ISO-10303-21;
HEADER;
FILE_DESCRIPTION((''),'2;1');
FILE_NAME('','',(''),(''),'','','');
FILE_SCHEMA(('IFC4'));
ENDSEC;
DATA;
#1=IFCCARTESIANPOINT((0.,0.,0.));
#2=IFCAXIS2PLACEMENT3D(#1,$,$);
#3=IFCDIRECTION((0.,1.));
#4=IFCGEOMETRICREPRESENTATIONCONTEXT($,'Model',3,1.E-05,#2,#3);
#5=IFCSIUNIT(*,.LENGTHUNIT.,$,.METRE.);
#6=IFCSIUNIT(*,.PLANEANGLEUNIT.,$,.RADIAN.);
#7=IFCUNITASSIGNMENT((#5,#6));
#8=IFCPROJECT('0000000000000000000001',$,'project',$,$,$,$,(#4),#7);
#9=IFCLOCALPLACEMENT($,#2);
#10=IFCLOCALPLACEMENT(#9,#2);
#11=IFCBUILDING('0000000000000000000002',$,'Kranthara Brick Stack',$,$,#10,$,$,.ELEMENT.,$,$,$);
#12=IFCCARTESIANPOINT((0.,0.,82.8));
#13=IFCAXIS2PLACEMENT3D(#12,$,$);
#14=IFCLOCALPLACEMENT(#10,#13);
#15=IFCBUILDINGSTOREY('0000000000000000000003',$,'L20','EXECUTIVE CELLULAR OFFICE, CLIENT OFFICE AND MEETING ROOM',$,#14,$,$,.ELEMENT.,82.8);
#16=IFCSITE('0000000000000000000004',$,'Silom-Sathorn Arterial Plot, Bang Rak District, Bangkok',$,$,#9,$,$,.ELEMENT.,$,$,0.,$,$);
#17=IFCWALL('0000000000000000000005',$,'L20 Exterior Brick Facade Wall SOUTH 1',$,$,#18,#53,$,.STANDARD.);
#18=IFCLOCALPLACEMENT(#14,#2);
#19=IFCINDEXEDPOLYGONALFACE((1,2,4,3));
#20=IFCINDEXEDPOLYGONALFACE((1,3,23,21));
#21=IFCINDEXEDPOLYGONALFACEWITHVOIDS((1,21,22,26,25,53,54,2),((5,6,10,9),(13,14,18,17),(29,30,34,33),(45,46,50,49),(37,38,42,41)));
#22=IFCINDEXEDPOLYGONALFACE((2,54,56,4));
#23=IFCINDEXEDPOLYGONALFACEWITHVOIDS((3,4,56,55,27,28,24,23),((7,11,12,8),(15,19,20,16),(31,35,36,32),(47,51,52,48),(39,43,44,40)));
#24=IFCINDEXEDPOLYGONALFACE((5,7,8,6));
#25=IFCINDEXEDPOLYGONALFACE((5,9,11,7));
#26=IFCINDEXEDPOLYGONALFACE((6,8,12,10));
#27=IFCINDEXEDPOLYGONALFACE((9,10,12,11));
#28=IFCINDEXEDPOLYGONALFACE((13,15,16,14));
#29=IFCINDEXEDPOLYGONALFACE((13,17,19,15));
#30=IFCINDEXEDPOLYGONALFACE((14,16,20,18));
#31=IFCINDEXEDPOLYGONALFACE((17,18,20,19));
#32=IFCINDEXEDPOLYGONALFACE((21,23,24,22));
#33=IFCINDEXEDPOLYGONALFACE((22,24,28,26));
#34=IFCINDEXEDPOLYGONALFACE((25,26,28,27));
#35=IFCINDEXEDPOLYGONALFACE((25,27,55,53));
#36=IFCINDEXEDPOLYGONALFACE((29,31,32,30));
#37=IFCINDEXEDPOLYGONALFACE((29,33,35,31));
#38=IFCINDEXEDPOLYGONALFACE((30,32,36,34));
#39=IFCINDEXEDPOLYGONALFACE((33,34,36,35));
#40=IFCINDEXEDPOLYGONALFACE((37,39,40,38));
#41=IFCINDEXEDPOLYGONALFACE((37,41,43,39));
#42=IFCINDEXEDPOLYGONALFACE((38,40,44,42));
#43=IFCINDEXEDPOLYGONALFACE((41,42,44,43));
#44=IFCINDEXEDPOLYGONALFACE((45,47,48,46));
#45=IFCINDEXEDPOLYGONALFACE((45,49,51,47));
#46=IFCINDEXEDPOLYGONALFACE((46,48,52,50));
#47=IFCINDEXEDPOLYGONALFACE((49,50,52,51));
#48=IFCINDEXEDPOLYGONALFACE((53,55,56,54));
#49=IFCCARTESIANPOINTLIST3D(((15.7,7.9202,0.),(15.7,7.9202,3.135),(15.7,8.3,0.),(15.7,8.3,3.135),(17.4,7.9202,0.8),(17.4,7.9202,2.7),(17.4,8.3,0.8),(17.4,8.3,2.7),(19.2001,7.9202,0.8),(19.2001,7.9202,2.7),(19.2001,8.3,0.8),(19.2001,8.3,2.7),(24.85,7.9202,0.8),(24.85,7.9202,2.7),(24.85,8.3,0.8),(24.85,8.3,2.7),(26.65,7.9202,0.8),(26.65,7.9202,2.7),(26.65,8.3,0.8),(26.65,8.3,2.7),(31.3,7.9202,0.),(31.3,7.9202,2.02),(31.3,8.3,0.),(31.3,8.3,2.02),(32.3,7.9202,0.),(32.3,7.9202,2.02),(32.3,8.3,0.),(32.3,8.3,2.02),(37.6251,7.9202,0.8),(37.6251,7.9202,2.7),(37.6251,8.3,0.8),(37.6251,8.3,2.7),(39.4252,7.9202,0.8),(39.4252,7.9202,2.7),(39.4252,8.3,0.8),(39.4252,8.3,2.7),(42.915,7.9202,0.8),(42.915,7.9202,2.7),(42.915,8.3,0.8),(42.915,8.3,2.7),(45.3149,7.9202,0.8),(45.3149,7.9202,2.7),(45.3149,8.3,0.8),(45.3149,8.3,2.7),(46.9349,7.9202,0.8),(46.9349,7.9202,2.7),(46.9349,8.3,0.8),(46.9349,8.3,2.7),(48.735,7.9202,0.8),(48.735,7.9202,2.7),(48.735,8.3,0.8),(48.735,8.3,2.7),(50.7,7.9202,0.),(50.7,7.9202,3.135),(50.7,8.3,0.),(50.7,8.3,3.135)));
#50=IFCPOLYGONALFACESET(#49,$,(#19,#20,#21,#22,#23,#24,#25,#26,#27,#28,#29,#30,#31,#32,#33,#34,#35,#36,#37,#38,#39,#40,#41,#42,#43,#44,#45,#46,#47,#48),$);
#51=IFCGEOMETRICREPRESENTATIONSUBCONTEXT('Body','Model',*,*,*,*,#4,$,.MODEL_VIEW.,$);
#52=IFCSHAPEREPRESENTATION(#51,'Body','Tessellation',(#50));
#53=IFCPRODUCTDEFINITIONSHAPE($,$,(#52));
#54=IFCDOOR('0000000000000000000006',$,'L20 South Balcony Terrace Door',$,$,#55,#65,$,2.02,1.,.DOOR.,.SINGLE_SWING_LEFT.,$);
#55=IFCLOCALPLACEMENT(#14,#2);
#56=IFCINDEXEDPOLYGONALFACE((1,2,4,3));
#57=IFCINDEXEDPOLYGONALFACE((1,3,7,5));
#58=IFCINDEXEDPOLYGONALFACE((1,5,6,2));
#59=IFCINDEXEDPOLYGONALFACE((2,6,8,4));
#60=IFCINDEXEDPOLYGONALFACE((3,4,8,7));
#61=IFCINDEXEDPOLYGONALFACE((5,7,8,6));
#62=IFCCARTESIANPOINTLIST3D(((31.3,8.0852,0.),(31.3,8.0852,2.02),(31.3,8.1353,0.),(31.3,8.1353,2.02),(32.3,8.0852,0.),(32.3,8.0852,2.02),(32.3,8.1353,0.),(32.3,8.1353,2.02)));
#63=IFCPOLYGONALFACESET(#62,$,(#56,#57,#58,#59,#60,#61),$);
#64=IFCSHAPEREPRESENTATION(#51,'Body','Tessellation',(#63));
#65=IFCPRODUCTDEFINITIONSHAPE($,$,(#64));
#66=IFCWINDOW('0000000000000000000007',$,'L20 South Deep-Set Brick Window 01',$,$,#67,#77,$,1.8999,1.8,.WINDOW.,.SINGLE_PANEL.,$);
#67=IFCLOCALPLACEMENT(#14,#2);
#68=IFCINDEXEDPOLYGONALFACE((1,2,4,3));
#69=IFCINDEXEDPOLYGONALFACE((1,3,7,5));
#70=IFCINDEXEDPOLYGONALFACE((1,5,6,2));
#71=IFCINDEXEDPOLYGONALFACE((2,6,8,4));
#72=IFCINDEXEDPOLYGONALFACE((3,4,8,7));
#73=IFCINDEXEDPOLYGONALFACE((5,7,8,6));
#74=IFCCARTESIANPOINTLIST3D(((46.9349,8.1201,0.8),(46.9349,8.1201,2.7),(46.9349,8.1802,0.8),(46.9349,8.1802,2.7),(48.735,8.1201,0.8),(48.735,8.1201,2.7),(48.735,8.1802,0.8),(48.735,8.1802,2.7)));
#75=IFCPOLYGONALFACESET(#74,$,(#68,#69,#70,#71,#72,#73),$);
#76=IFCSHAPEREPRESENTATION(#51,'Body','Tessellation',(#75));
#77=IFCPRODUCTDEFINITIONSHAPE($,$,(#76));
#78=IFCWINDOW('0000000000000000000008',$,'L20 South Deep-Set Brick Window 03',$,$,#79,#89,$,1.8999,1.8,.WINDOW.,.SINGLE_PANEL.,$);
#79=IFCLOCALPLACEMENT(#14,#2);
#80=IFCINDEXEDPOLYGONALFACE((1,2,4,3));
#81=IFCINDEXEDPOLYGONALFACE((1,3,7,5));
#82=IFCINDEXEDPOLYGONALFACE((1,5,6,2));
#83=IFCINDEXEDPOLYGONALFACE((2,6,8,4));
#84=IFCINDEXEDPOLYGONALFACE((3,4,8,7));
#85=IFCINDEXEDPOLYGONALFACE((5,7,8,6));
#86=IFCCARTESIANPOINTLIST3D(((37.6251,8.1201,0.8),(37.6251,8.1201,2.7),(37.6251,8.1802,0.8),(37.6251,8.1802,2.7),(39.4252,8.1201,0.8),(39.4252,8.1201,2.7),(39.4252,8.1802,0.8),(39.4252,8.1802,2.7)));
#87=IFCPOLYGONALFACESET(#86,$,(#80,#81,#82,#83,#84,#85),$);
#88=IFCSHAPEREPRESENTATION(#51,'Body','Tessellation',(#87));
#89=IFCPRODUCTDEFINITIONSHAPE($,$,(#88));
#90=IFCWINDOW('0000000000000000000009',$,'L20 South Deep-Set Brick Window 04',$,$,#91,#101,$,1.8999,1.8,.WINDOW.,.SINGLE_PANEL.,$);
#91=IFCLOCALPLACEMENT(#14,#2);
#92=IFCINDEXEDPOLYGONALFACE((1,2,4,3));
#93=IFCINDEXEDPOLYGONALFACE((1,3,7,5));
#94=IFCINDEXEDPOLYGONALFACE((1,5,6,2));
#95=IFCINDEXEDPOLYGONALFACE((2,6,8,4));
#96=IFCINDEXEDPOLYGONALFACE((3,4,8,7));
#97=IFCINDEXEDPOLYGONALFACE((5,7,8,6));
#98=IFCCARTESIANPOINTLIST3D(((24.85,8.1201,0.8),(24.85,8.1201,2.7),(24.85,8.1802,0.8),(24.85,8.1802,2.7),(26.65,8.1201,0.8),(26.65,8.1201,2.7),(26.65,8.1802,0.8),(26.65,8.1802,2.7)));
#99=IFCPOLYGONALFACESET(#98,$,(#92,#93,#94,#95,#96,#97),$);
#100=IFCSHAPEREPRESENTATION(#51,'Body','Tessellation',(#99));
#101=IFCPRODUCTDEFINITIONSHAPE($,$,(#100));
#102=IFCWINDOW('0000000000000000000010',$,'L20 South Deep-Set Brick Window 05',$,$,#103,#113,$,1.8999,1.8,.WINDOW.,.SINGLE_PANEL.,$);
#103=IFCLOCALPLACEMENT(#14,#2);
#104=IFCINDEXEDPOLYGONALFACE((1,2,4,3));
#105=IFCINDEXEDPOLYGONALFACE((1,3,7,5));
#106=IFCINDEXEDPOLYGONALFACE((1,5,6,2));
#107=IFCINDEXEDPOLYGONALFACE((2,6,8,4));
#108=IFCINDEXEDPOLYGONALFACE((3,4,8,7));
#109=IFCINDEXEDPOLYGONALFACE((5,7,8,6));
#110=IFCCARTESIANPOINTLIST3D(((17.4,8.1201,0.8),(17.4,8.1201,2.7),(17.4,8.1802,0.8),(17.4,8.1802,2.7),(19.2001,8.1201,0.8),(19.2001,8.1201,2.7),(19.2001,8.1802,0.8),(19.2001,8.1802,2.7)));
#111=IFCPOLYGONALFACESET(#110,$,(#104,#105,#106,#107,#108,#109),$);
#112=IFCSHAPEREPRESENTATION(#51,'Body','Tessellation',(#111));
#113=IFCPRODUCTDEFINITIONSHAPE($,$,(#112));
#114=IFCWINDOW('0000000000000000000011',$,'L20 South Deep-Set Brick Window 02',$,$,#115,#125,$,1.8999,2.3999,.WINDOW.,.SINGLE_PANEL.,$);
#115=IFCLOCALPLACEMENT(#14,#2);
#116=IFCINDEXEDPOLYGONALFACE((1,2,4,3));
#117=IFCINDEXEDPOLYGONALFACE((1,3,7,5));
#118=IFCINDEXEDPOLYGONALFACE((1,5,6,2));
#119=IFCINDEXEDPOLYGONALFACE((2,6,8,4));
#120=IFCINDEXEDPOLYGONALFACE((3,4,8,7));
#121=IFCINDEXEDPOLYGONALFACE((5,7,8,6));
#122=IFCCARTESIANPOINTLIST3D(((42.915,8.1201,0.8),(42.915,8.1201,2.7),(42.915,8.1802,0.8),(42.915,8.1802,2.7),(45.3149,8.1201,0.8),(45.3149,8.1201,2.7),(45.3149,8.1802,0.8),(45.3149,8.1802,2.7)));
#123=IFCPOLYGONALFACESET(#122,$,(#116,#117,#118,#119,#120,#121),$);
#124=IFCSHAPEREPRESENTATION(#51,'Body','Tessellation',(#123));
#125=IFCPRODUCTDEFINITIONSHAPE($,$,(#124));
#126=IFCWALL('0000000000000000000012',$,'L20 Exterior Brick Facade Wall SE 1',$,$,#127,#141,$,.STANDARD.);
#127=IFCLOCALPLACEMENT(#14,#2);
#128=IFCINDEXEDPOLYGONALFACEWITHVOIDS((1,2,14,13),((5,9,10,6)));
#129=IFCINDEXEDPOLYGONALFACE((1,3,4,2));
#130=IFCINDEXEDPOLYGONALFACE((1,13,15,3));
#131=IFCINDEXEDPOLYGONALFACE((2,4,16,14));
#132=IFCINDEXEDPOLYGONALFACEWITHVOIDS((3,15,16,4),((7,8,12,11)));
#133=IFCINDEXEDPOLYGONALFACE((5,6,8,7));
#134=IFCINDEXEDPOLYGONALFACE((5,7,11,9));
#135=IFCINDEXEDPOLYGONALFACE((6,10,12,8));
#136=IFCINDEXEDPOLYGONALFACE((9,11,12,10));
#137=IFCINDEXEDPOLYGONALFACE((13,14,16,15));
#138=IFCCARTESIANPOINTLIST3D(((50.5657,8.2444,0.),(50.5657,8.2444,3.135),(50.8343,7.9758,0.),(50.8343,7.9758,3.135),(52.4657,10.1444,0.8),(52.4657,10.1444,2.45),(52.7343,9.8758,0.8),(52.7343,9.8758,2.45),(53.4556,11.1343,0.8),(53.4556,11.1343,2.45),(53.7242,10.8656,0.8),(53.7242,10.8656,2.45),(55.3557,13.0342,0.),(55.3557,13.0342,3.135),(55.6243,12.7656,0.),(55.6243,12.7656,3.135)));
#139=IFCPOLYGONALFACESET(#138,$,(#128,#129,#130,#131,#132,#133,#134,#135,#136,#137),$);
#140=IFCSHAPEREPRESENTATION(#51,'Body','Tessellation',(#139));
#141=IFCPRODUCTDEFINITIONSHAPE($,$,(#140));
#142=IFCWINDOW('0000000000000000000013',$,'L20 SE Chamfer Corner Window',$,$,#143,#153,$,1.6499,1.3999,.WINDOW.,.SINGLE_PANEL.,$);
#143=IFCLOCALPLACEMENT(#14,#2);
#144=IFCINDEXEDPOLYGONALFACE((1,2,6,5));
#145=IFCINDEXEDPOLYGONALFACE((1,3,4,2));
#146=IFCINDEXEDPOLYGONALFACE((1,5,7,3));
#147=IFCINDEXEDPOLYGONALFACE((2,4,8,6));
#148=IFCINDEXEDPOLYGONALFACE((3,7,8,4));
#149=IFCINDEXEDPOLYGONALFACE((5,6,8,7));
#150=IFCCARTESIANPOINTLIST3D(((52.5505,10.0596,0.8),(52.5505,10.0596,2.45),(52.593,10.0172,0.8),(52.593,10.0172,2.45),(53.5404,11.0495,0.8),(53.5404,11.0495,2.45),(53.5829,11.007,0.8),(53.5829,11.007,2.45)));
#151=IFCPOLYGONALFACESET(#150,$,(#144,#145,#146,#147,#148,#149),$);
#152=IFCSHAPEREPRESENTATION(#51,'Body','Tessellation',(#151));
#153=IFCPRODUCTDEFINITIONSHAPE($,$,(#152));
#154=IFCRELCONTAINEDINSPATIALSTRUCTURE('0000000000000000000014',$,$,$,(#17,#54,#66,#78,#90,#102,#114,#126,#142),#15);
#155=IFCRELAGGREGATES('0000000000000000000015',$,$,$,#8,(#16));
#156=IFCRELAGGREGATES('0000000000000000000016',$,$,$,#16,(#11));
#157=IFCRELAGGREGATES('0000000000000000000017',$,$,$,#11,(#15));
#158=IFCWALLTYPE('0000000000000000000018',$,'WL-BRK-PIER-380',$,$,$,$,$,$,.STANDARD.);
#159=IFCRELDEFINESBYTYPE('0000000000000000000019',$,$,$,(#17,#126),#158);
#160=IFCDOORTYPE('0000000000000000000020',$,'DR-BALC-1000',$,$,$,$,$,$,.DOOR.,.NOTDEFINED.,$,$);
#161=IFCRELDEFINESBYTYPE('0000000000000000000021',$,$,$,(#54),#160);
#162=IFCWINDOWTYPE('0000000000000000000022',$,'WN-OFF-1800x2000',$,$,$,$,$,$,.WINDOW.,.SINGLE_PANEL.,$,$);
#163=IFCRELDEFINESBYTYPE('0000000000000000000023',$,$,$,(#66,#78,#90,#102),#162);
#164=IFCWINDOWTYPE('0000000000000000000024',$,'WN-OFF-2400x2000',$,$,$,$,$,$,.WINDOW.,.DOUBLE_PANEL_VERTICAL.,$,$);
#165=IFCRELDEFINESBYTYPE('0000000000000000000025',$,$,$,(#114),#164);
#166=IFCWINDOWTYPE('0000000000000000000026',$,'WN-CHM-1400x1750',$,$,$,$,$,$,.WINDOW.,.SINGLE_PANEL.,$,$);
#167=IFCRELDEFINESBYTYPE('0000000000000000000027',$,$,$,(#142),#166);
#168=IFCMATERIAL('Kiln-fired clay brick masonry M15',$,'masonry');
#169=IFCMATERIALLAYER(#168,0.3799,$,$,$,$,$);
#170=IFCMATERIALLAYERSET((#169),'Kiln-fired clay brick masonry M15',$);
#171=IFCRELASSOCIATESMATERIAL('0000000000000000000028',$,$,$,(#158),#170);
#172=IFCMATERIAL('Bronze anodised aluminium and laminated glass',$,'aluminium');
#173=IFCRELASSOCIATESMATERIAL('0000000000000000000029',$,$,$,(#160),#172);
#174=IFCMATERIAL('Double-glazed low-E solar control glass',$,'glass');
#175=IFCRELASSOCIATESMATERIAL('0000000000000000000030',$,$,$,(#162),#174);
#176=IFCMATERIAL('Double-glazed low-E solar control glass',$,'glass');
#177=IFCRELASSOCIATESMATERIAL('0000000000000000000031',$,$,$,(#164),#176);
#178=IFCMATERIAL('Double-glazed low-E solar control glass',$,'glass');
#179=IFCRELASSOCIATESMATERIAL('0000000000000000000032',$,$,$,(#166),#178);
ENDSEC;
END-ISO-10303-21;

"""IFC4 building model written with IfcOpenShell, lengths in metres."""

from ifc_helpers import new_model, si_unit, direction, frame, frame_2d, origin, place, context, subcontext, project, spatial, rectangle, extrude, material, layer, layer_set, type_object, element, fill, save


model = new_model("IFC4")

# Units and contexts
model_context = context("Model", 3, precision=1e-05, world=origin(), true_north=direction((0.0, 1.0)))
body_context = subcontext(model_context, "Body", "Model", "MODEL_VIEW")
ifc_project = project(units=[si_unit("LENGTHUNIT", "METRE"), si_unit("PLANEANGLEUNIT", "RADIAN")], contexts=[model_context])

# Site, building, storey
site_placement = place(None, origin())
site = spatial("IfcSite", under=ifc_project, at=site_placement, Name="Silom-Sathorn Arterial Plot, Bang Rak District, Bangkok", CompositionType="ELEMENT", RefElevation=0.0)
building_placement = place(site_placement, origin())
building = spatial("IfcBuilding", under=site, at=building_placement, Name="Kranthara Brick Stack", CompositionType="ELEMENT")
storey_placement = place(building_placement, frame((0.0, 0.0, 82.8)))
storey = spatial("IfcBuildingStorey", under=building, at=storey_placement, Name="L20", Description="EXECUTIVE CELLULAR OFFICE, CLIENT OFFICE AND MEETING ROOM", CompositionType="ELEMENT", Elevation=82.8)

# Wall, openings, door, windows
ifc_material_1 = material(Name="Kiln-fired clay brick masonry M15", Category="masonry")
ifc_layer_1 = layer(ifc_material_1, 0.3799)
ifc_layer_set_1 = layer_set([ifc_layer_1], Name="Kiln-fired clay brick masonry M15")
wall_type_1 = type_object("IfcWallType", Name="WL-BRK-PIER-380", PredefinedType="STANDARD", material=ifc_layer_set_1)
wall_1_placement = place(storey_placement, frame((50.7, 8.1101, 0.0), z_axis=(0.0, 0.0, 1.0), x_axis=(-1.0, 0.0, 0.0)))
wall_1 = element("IfcWall", 1, at=wall_1_placement, inside=storey, type_object=wall_type_1, Name="L20 Exterior Brick Facade Wall SOUTH 1", PredefinedType="STANDARD", context=body_context, shape_type="SweptSolid", body=[
    extrude(rectangle(XDim=35.0, YDim=0.3799, at=frame_2d((17.5, 0.0))), origin(), (0.0, 0.0, 1.0), 3.135),
])
opening_1_placement = place(wall_1_placement, frame((18.3999, 0.0, 0.0)))
opening_1 = element("IfcOpeningElement", 2, at=opening_1_placement, cuts=wall_1, PredefinedType="OPENING", context=body_context, shape_type="SweptSolid", body=[
    extrude(rectangle(XDim=1.0, YDim=2.02, at=frame_2d((0.5, 1.01))), frame((0.0, 0.2, 0.0), z_axis=(0.0, -1.0, 0.0), x_axis=(1.0, 0.0, 0.0)), (0.0, 0.0, 1.0), 0.3999),
])
opening_2_placement = place(wall_1_placement, frame((1.9651, 0.0, 0.8)))
opening_2 = element("IfcOpeningElement", 3, at=opening_2_placement, cuts=wall_1, PredefinedType="OPENING", context=body_context, shape_type="SweptSolid", body=[
    extrude(rectangle(XDim=1.8, YDim=1.8999, at=frame_2d((0.8999, 0.95))), frame((0.0, 0.2, 0.0), z_axis=(0.0, -1.0, 0.0), x_axis=(1.0, 0.0, 0.0)), (0.0, 0.0, 1.0), 0.3999),
])
opening_3_placement = place(wall_1_placement, frame((5.385, 0.0, 0.8)))
opening_3 = element("IfcOpeningElement", 4, at=opening_3_placement, cuts=wall_1, PredefinedType="OPENING", context=body_context, shape_type="SweptSolid", body=[
    extrude(rectangle(XDim=2.3999, YDim=1.8999, at=frame_2d((1.2, 0.95))), frame((0.0, 0.2, 0.0), z_axis=(0.0, -1.0, 0.0), x_axis=(1.0, 0.0, 0.0)), (0.0, 0.0, 1.0), 0.3999),
])
opening_4_placement = place(wall_1_placement, frame((11.2749, 0.0, 0.8)))
opening_4 = element("IfcOpeningElement", 5, at=opening_4_placement, cuts=wall_1, PredefinedType="OPENING", context=body_context, shape_type="SweptSolid", body=[
    extrude(rectangle(XDim=1.8, YDim=1.8999, at=frame_2d((0.8999, 0.95))), frame((0.0, 0.2, 0.0), z_axis=(0.0, -1.0, 0.0), x_axis=(1.0, 0.0, 0.0)), (0.0, 0.0, 1.0), 0.3999),
])
opening_5_placement = place(wall_1_placement, frame((24.05, 0.0, 0.8)))
opening_5 = element("IfcOpeningElement", 6, at=opening_5_placement, cuts=wall_1, PredefinedType="OPENING", context=body_context, shape_type="SweptSolid", body=[
    extrude(rectangle(XDim=1.8, YDim=1.8999, at=frame_2d((0.8999, 0.95))), frame((0.0, 0.2, 0.0), z_axis=(0.0, -1.0, 0.0), x_axis=(1.0, 0.0, 0.0)), (0.0, 0.0, 1.0), 0.3999),
])
opening_6_placement = place(wall_1_placement, frame((31.5, 0.0, 0.8)))
opening_6 = element("IfcOpeningElement", 7, at=opening_6_placement, cuts=wall_1, PredefinedType="OPENING", context=body_context, shape_type="SweptSolid", body=[
    extrude(rectangle(XDim=1.8, YDim=1.8999, at=frame_2d((0.8999, 0.95))), frame((0.0, 0.2, 0.0), z_axis=(0.0, -1.0, 0.0), x_axis=(1.0, 0.0, 0.0)), (0.0, 0.0, 1.0), 0.3999),
])
ifc_material_2 = material(Name="Bronze anodised aluminium and laminated glass", Category="aluminium")
door_type_1 = type_object("IfcDoorType", Name="DR-BALC-1000", OperationType="NOTDEFINED", PredefinedType="DOOR", material=ifc_material_2)
door_1_placement = place(opening_1_placement, origin())
door_1 = element("IfcDoor", 8, at=door_1_placement, inside=storey, type_object=door_type_1, Name="L20 South Balcony Terrace Door", OperationType="SINGLE_SWING_LEFT", OverallHeight=2.02, OverallWidth=1.0, PredefinedType="DOOR", context=body_context, shape_type="SweptSolid", body=[
    extrude(rectangle(XDim=1.0, YDim=2.02, at=frame_2d((0.5, 1.01))), frame((0.0, 0.0249, 0.0), z_axis=(0.0, -1.0, 0.0), x_axis=(1.0, 0.0, 0.0)), (0.0, 0.0, 1.0), 0.05),
])
fill(opening_1, door_1)
ifc_material_3 = material(Name="Double-glazed low-E solar control glass", Category="glass")
window_type_1 = type_object("IfcWindowType", Name="WN-OFF-1800x2000", PartitioningType="SINGLE_PANEL", PredefinedType="WINDOW", material=ifc_material_3)
window_1_placement = place(opening_2_placement, origin())
window_1 = element("IfcWindow", 9, at=window_1_placement, inside=storey, type_object=window_type_1, Name="L20 South Deep-Set Brick Window 01", OverallHeight=1.8999, OverallWidth=1.8, PartitioningType="SINGLE_PANEL", PredefinedType="WINDOW", context=body_context, shape_type="SweptSolid", body=[
    extrude(rectangle(XDim=1.8, YDim=1.8999, at=frame_2d((0.8999, 0.95))), frame((0.0, -0.01, 0.0), z_axis=(0.0, -1.0, 0.0), x_axis=(1.0, 0.0, 0.0)), (0.0, 0.0, 1.0), 0.0601),
])
fill(opening_2, window_1)
window_2_placement = place(opening_4_placement, origin())
window_2 = element("IfcWindow", 10, at=window_2_placement, inside=storey, type_object=window_type_1, Name="L20 South Deep-Set Brick Window 03", OverallHeight=1.8999, OverallWidth=1.8, PartitioningType="SINGLE_PANEL", PredefinedType="WINDOW", context=body_context, shape_type="SweptSolid", body=[
    extrude(rectangle(XDim=1.8, YDim=1.8999, at=frame_2d((0.8999, 0.95))), frame((0.0, -0.01, 0.0), z_axis=(0.0, -1.0, 0.0), x_axis=(1.0, 0.0, 0.0)), (0.0, 0.0, 1.0), 0.0601),
])
fill(opening_4, window_2)
window_3_placement = place(opening_5_placement, origin())
window_3 = element("IfcWindow", 11, at=window_3_placement, inside=storey, type_object=window_type_1, Name="L20 South Deep-Set Brick Window 04", OverallHeight=1.8999, OverallWidth=1.8, PartitioningType="SINGLE_PANEL", PredefinedType="WINDOW", context=body_context, shape_type="SweptSolid", body=[
    extrude(rectangle(XDim=1.8, YDim=1.8999, at=frame_2d((0.8999, 0.95))), frame((0.0, -0.01, 0.0), z_axis=(0.0, -1.0, 0.0), x_axis=(1.0, 0.0, 0.0)), (0.0, 0.0, 1.0), 0.0601),
])
fill(opening_5, window_3)
window_4_placement = place(opening_6_placement, origin())
window_4 = element("IfcWindow", 12, at=window_4_placement, inside=storey, type_object=window_type_1, Name="L20 South Deep-Set Brick Window 05", OverallHeight=1.8999, OverallWidth=1.8, PartitioningType="SINGLE_PANEL", PredefinedType="WINDOW", context=body_context, shape_type="SweptSolid", body=[
    extrude(rectangle(XDim=1.8, YDim=1.8999, at=frame_2d((0.8999, 0.95))), frame((0.0, -0.01, 0.0), z_axis=(0.0, -1.0, 0.0), x_axis=(1.0, 0.0, 0.0)), (0.0, 0.0, 1.0), 0.0601),
])
fill(opening_6, window_4)
ifc_material_4 = material(Name="Double-glazed low-E solar control glass", Category="glass")
window_type_2 = type_object("IfcWindowType", Name="WN-OFF-2400x2000", PartitioningType="DOUBLE_PANEL_VERTICAL", PredefinedType="WINDOW", material=ifc_material_4)
window_5_placement = place(opening_3_placement, origin())
window_5 = element("IfcWindow", 13, at=window_5_placement, inside=storey, type_object=window_type_2, Name="L20 South Deep-Set Brick Window 02", OverallHeight=1.8999, OverallWidth=2.3999, PartitioningType="SINGLE_PANEL", PredefinedType="WINDOW", context=body_context, shape_type="SweptSolid", body=[
    extrude(rectangle(XDim=2.3999, YDim=1.8999, at=frame_2d((1.2, 0.95))), frame((0.0, -0.01, 0.0), z_axis=(0.0, -1.0, 0.0), x_axis=(1.0, 0.0, 0.0)), (0.0, 0.0, 1.0), 0.0601),
])
fill(opening_3, window_5)

# Wall, opening, window
wall_2_placement = place(storey_placement, frame((55.49, 12.8999, 0.0), z_axis=(0.0, 0.0, 1.0), x_axis=(-0.707125, -0.707089, 0.0)))
wall_2 = element("IfcWall", 14, at=wall_2_placement, inside=storey, type_object=wall_type_1, Name="L20 Exterior Brick Facade Wall SE 1", PredefinedType="STANDARD", context=body_context, shape_type="SweptSolid", body=[
    extrude(rectangle(XDim=6.7739, YDim=0.3799, at=frame_2d((3.387, 0.0))), origin(), (0.0, 0.0, 1.0), 3.135),
])
opening_7_placement = place(wall_2_placement, frame((2.687, 0.0, 0.8)))
opening_7 = element("IfcOpeningElement", 15, at=opening_7_placement, cuts=wall_2, PredefinedType="OPENING", context=body_context, shape_type="SweptSolid", body=[
    extrude(rectangle(XDim=1.3999, YDim=1.6499, at=frame_2d((0.7, 0.825))), frame((0.0, 0.2, 0.0), z_axis=(0.0, -1.0, 0.0), x_axis=(1.0, 0.0, 0.0)), (0.0, 0.0, 1.0), 0.3999),
])
ifc_material_5 = material(Name="Double-glazed low-E solar control glass", Category="glass")
window_type_3 = type_object("IfcWindowType", Name="WN-CHM-1400x1750", PartitioningType="SINGLE_PANEL", PredefinedType="WINDOW", material=ifc_material_5)
window_6_placement = place(opening_7_placement, origin())
window_6 = element("IfcWindow", 16, at=window_6_placement, inside=storey, type_object=window_type_3, Name="L20 SE Chamfer Corner Window", OverallHeight=1.6499, OverallWidth=1.3999, PartitioningType="SINGLE_PANEL", PredefinedType="WINDOW", context=body_context, shape_type="SweptSolid", body=[
    extrude(rectangle(XDim=1.3999, YDim=1.6499, at=frame_2d((0.7, 0.825))), frame((0.0, -0.01, 0.0), z_axis=(0.0, -1.0, 0.0), x_axis=(1.0, 0.0, 0.0)), (0.0, 0.0, 1.0), 0.0601),
])
fill(opening_7, window_6)

save(model, "model.ifc")
